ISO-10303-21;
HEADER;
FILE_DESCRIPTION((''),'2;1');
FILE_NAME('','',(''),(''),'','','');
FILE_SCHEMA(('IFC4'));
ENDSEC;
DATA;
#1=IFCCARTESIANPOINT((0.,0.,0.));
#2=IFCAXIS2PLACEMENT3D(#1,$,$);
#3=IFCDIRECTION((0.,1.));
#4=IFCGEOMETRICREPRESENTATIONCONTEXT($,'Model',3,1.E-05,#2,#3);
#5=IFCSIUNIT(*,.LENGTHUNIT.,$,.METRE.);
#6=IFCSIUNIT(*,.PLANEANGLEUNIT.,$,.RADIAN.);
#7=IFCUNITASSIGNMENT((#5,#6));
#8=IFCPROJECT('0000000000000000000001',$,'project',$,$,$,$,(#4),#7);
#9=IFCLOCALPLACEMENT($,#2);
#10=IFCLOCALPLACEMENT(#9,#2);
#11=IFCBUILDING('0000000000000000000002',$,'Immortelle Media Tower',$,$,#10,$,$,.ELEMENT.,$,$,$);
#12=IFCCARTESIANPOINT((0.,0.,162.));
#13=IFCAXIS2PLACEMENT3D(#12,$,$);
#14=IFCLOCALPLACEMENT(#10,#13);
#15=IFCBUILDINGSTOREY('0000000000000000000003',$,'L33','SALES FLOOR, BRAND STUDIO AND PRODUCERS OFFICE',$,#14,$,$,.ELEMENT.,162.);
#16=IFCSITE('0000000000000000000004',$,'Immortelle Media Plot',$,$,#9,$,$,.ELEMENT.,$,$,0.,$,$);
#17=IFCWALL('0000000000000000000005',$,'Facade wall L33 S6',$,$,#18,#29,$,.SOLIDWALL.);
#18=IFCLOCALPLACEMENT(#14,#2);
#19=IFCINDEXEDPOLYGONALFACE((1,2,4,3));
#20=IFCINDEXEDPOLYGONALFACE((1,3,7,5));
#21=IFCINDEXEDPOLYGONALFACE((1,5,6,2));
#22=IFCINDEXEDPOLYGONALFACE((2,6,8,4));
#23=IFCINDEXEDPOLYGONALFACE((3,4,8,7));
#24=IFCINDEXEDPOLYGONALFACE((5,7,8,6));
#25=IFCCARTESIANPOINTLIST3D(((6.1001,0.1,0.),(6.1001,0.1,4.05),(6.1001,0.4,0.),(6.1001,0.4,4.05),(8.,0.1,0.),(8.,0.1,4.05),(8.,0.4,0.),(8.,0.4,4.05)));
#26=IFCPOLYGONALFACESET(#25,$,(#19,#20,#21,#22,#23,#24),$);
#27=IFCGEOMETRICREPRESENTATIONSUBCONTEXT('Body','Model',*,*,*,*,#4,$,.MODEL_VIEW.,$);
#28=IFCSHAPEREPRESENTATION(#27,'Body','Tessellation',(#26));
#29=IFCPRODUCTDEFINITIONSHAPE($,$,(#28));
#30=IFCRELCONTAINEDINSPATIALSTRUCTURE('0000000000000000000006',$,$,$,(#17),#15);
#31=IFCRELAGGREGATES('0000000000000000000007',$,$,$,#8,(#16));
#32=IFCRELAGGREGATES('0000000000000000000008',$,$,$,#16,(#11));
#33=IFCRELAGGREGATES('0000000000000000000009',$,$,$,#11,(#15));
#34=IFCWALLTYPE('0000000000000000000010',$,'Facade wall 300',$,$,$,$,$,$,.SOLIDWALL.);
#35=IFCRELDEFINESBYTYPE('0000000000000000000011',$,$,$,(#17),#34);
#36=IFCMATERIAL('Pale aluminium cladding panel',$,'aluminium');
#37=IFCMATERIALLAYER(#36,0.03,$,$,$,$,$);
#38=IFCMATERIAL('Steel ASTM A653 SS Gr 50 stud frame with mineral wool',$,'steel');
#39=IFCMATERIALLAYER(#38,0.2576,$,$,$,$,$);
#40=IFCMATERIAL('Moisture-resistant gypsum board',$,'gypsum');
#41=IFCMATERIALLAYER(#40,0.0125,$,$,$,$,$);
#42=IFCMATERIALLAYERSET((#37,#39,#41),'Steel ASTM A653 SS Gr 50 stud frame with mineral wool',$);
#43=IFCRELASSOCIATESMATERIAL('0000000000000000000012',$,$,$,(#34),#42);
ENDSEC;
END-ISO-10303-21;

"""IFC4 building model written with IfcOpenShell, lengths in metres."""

from ifc_helpers import new_model, si_unit, direction, frame, frame_2d, origin, place, context, subcontext, project, spatial, rectangle, extrude, material, layer, layer_set, type_object, element, save


model = new_model("IFC4")

# Units and contexts
model_context = context("Model", 3, precision=1e-05, world=origin(), true_north=direction((0.0, 1.0)))
body_context = subcontext(model_context, "Body", "Model", "MODEL_VIEW")
ifc_project = project(units=[si_unit("LENGTHUNIT", "METRE"), si_unit("PLANEANGLEUNIT", "RADIAN")], contexts=[model_context])

# Site, building, storey
site_placement = place(None, origin())
site = spatial("IfcSite", under=ifc_project, at=site_placement, Name="Immortelle Media Plot", CompositionType="ELEMENT", RefElevation=0.0)
building_placement = place(site_placement, origin())
building = spatial("IfcBuilding", under=site, at=building_placement, Name="Immortelle Media Tower", CompositionType="ELEMENT")
storey_placement = place(building_placement, frame((0.0, 0.0, 162.0)))
storey = spatial("IfcBuildingStorey", under=building, at=storey_placement, Name="L33", Description="SALES FLOOR, BRAND STUDIO AND PRODUCERS OFFICE", CompositionType="ELEMENT", Elevation=162.0)

# Shared definitions
ifc_material_1 = material(Name="Steel ASTM A653 SS Gr 50 stud frame with mineral wool", Category="steel")

# Wall
ifc_material_2 = material(Name="Pale aluminium cladding panel", Category="aluminium")
ifc_layer_1 = layer(ifc_material_2, 0.03)
ifc_layer_2 = layer(ifc_material_1, 0.2576)
ifc_material_3 = material(Name="Moisture-resistant gypsum board", Category="gypsum")
ifc_layer_3 = layer(ifc_material_3, 0.0125)
ifc_layer_set_1 = layer_set([ifc_layer_1, ifc_layer_2, ifc_layer_3], Name="Steel ASTM A653 SS Gr 50 stud frame with mineral wool")
wall_type_1 = type_object("IfcWallType", Name="Facade wall 300", PredefinedType="SOLIDWALL", material=ifc_layer_set_1)
wall_1_placement = place(storey_placement, frame((6.1001, 0.25, 0.0), z_axis=(0.0, 0.0, 1.0), x_axis=(1.0, 0.0, 0.0)))
element("IfcWall", 1, at=wall_1_placement, inside=storey, type_object=wall_type_1, Name="Facade wall L33 S6", PredefinedType="SOLIDWALL", context=body_context, shape_type="SweptSolid", body=[
    extrude(rectangle(XDim=1.8999, YDim=0.3, at=frame_2d((0.95, 0.0))), origin(), (0.0, 0.0, 1.0), 4.05),
])

save(model, "model.ifc")
